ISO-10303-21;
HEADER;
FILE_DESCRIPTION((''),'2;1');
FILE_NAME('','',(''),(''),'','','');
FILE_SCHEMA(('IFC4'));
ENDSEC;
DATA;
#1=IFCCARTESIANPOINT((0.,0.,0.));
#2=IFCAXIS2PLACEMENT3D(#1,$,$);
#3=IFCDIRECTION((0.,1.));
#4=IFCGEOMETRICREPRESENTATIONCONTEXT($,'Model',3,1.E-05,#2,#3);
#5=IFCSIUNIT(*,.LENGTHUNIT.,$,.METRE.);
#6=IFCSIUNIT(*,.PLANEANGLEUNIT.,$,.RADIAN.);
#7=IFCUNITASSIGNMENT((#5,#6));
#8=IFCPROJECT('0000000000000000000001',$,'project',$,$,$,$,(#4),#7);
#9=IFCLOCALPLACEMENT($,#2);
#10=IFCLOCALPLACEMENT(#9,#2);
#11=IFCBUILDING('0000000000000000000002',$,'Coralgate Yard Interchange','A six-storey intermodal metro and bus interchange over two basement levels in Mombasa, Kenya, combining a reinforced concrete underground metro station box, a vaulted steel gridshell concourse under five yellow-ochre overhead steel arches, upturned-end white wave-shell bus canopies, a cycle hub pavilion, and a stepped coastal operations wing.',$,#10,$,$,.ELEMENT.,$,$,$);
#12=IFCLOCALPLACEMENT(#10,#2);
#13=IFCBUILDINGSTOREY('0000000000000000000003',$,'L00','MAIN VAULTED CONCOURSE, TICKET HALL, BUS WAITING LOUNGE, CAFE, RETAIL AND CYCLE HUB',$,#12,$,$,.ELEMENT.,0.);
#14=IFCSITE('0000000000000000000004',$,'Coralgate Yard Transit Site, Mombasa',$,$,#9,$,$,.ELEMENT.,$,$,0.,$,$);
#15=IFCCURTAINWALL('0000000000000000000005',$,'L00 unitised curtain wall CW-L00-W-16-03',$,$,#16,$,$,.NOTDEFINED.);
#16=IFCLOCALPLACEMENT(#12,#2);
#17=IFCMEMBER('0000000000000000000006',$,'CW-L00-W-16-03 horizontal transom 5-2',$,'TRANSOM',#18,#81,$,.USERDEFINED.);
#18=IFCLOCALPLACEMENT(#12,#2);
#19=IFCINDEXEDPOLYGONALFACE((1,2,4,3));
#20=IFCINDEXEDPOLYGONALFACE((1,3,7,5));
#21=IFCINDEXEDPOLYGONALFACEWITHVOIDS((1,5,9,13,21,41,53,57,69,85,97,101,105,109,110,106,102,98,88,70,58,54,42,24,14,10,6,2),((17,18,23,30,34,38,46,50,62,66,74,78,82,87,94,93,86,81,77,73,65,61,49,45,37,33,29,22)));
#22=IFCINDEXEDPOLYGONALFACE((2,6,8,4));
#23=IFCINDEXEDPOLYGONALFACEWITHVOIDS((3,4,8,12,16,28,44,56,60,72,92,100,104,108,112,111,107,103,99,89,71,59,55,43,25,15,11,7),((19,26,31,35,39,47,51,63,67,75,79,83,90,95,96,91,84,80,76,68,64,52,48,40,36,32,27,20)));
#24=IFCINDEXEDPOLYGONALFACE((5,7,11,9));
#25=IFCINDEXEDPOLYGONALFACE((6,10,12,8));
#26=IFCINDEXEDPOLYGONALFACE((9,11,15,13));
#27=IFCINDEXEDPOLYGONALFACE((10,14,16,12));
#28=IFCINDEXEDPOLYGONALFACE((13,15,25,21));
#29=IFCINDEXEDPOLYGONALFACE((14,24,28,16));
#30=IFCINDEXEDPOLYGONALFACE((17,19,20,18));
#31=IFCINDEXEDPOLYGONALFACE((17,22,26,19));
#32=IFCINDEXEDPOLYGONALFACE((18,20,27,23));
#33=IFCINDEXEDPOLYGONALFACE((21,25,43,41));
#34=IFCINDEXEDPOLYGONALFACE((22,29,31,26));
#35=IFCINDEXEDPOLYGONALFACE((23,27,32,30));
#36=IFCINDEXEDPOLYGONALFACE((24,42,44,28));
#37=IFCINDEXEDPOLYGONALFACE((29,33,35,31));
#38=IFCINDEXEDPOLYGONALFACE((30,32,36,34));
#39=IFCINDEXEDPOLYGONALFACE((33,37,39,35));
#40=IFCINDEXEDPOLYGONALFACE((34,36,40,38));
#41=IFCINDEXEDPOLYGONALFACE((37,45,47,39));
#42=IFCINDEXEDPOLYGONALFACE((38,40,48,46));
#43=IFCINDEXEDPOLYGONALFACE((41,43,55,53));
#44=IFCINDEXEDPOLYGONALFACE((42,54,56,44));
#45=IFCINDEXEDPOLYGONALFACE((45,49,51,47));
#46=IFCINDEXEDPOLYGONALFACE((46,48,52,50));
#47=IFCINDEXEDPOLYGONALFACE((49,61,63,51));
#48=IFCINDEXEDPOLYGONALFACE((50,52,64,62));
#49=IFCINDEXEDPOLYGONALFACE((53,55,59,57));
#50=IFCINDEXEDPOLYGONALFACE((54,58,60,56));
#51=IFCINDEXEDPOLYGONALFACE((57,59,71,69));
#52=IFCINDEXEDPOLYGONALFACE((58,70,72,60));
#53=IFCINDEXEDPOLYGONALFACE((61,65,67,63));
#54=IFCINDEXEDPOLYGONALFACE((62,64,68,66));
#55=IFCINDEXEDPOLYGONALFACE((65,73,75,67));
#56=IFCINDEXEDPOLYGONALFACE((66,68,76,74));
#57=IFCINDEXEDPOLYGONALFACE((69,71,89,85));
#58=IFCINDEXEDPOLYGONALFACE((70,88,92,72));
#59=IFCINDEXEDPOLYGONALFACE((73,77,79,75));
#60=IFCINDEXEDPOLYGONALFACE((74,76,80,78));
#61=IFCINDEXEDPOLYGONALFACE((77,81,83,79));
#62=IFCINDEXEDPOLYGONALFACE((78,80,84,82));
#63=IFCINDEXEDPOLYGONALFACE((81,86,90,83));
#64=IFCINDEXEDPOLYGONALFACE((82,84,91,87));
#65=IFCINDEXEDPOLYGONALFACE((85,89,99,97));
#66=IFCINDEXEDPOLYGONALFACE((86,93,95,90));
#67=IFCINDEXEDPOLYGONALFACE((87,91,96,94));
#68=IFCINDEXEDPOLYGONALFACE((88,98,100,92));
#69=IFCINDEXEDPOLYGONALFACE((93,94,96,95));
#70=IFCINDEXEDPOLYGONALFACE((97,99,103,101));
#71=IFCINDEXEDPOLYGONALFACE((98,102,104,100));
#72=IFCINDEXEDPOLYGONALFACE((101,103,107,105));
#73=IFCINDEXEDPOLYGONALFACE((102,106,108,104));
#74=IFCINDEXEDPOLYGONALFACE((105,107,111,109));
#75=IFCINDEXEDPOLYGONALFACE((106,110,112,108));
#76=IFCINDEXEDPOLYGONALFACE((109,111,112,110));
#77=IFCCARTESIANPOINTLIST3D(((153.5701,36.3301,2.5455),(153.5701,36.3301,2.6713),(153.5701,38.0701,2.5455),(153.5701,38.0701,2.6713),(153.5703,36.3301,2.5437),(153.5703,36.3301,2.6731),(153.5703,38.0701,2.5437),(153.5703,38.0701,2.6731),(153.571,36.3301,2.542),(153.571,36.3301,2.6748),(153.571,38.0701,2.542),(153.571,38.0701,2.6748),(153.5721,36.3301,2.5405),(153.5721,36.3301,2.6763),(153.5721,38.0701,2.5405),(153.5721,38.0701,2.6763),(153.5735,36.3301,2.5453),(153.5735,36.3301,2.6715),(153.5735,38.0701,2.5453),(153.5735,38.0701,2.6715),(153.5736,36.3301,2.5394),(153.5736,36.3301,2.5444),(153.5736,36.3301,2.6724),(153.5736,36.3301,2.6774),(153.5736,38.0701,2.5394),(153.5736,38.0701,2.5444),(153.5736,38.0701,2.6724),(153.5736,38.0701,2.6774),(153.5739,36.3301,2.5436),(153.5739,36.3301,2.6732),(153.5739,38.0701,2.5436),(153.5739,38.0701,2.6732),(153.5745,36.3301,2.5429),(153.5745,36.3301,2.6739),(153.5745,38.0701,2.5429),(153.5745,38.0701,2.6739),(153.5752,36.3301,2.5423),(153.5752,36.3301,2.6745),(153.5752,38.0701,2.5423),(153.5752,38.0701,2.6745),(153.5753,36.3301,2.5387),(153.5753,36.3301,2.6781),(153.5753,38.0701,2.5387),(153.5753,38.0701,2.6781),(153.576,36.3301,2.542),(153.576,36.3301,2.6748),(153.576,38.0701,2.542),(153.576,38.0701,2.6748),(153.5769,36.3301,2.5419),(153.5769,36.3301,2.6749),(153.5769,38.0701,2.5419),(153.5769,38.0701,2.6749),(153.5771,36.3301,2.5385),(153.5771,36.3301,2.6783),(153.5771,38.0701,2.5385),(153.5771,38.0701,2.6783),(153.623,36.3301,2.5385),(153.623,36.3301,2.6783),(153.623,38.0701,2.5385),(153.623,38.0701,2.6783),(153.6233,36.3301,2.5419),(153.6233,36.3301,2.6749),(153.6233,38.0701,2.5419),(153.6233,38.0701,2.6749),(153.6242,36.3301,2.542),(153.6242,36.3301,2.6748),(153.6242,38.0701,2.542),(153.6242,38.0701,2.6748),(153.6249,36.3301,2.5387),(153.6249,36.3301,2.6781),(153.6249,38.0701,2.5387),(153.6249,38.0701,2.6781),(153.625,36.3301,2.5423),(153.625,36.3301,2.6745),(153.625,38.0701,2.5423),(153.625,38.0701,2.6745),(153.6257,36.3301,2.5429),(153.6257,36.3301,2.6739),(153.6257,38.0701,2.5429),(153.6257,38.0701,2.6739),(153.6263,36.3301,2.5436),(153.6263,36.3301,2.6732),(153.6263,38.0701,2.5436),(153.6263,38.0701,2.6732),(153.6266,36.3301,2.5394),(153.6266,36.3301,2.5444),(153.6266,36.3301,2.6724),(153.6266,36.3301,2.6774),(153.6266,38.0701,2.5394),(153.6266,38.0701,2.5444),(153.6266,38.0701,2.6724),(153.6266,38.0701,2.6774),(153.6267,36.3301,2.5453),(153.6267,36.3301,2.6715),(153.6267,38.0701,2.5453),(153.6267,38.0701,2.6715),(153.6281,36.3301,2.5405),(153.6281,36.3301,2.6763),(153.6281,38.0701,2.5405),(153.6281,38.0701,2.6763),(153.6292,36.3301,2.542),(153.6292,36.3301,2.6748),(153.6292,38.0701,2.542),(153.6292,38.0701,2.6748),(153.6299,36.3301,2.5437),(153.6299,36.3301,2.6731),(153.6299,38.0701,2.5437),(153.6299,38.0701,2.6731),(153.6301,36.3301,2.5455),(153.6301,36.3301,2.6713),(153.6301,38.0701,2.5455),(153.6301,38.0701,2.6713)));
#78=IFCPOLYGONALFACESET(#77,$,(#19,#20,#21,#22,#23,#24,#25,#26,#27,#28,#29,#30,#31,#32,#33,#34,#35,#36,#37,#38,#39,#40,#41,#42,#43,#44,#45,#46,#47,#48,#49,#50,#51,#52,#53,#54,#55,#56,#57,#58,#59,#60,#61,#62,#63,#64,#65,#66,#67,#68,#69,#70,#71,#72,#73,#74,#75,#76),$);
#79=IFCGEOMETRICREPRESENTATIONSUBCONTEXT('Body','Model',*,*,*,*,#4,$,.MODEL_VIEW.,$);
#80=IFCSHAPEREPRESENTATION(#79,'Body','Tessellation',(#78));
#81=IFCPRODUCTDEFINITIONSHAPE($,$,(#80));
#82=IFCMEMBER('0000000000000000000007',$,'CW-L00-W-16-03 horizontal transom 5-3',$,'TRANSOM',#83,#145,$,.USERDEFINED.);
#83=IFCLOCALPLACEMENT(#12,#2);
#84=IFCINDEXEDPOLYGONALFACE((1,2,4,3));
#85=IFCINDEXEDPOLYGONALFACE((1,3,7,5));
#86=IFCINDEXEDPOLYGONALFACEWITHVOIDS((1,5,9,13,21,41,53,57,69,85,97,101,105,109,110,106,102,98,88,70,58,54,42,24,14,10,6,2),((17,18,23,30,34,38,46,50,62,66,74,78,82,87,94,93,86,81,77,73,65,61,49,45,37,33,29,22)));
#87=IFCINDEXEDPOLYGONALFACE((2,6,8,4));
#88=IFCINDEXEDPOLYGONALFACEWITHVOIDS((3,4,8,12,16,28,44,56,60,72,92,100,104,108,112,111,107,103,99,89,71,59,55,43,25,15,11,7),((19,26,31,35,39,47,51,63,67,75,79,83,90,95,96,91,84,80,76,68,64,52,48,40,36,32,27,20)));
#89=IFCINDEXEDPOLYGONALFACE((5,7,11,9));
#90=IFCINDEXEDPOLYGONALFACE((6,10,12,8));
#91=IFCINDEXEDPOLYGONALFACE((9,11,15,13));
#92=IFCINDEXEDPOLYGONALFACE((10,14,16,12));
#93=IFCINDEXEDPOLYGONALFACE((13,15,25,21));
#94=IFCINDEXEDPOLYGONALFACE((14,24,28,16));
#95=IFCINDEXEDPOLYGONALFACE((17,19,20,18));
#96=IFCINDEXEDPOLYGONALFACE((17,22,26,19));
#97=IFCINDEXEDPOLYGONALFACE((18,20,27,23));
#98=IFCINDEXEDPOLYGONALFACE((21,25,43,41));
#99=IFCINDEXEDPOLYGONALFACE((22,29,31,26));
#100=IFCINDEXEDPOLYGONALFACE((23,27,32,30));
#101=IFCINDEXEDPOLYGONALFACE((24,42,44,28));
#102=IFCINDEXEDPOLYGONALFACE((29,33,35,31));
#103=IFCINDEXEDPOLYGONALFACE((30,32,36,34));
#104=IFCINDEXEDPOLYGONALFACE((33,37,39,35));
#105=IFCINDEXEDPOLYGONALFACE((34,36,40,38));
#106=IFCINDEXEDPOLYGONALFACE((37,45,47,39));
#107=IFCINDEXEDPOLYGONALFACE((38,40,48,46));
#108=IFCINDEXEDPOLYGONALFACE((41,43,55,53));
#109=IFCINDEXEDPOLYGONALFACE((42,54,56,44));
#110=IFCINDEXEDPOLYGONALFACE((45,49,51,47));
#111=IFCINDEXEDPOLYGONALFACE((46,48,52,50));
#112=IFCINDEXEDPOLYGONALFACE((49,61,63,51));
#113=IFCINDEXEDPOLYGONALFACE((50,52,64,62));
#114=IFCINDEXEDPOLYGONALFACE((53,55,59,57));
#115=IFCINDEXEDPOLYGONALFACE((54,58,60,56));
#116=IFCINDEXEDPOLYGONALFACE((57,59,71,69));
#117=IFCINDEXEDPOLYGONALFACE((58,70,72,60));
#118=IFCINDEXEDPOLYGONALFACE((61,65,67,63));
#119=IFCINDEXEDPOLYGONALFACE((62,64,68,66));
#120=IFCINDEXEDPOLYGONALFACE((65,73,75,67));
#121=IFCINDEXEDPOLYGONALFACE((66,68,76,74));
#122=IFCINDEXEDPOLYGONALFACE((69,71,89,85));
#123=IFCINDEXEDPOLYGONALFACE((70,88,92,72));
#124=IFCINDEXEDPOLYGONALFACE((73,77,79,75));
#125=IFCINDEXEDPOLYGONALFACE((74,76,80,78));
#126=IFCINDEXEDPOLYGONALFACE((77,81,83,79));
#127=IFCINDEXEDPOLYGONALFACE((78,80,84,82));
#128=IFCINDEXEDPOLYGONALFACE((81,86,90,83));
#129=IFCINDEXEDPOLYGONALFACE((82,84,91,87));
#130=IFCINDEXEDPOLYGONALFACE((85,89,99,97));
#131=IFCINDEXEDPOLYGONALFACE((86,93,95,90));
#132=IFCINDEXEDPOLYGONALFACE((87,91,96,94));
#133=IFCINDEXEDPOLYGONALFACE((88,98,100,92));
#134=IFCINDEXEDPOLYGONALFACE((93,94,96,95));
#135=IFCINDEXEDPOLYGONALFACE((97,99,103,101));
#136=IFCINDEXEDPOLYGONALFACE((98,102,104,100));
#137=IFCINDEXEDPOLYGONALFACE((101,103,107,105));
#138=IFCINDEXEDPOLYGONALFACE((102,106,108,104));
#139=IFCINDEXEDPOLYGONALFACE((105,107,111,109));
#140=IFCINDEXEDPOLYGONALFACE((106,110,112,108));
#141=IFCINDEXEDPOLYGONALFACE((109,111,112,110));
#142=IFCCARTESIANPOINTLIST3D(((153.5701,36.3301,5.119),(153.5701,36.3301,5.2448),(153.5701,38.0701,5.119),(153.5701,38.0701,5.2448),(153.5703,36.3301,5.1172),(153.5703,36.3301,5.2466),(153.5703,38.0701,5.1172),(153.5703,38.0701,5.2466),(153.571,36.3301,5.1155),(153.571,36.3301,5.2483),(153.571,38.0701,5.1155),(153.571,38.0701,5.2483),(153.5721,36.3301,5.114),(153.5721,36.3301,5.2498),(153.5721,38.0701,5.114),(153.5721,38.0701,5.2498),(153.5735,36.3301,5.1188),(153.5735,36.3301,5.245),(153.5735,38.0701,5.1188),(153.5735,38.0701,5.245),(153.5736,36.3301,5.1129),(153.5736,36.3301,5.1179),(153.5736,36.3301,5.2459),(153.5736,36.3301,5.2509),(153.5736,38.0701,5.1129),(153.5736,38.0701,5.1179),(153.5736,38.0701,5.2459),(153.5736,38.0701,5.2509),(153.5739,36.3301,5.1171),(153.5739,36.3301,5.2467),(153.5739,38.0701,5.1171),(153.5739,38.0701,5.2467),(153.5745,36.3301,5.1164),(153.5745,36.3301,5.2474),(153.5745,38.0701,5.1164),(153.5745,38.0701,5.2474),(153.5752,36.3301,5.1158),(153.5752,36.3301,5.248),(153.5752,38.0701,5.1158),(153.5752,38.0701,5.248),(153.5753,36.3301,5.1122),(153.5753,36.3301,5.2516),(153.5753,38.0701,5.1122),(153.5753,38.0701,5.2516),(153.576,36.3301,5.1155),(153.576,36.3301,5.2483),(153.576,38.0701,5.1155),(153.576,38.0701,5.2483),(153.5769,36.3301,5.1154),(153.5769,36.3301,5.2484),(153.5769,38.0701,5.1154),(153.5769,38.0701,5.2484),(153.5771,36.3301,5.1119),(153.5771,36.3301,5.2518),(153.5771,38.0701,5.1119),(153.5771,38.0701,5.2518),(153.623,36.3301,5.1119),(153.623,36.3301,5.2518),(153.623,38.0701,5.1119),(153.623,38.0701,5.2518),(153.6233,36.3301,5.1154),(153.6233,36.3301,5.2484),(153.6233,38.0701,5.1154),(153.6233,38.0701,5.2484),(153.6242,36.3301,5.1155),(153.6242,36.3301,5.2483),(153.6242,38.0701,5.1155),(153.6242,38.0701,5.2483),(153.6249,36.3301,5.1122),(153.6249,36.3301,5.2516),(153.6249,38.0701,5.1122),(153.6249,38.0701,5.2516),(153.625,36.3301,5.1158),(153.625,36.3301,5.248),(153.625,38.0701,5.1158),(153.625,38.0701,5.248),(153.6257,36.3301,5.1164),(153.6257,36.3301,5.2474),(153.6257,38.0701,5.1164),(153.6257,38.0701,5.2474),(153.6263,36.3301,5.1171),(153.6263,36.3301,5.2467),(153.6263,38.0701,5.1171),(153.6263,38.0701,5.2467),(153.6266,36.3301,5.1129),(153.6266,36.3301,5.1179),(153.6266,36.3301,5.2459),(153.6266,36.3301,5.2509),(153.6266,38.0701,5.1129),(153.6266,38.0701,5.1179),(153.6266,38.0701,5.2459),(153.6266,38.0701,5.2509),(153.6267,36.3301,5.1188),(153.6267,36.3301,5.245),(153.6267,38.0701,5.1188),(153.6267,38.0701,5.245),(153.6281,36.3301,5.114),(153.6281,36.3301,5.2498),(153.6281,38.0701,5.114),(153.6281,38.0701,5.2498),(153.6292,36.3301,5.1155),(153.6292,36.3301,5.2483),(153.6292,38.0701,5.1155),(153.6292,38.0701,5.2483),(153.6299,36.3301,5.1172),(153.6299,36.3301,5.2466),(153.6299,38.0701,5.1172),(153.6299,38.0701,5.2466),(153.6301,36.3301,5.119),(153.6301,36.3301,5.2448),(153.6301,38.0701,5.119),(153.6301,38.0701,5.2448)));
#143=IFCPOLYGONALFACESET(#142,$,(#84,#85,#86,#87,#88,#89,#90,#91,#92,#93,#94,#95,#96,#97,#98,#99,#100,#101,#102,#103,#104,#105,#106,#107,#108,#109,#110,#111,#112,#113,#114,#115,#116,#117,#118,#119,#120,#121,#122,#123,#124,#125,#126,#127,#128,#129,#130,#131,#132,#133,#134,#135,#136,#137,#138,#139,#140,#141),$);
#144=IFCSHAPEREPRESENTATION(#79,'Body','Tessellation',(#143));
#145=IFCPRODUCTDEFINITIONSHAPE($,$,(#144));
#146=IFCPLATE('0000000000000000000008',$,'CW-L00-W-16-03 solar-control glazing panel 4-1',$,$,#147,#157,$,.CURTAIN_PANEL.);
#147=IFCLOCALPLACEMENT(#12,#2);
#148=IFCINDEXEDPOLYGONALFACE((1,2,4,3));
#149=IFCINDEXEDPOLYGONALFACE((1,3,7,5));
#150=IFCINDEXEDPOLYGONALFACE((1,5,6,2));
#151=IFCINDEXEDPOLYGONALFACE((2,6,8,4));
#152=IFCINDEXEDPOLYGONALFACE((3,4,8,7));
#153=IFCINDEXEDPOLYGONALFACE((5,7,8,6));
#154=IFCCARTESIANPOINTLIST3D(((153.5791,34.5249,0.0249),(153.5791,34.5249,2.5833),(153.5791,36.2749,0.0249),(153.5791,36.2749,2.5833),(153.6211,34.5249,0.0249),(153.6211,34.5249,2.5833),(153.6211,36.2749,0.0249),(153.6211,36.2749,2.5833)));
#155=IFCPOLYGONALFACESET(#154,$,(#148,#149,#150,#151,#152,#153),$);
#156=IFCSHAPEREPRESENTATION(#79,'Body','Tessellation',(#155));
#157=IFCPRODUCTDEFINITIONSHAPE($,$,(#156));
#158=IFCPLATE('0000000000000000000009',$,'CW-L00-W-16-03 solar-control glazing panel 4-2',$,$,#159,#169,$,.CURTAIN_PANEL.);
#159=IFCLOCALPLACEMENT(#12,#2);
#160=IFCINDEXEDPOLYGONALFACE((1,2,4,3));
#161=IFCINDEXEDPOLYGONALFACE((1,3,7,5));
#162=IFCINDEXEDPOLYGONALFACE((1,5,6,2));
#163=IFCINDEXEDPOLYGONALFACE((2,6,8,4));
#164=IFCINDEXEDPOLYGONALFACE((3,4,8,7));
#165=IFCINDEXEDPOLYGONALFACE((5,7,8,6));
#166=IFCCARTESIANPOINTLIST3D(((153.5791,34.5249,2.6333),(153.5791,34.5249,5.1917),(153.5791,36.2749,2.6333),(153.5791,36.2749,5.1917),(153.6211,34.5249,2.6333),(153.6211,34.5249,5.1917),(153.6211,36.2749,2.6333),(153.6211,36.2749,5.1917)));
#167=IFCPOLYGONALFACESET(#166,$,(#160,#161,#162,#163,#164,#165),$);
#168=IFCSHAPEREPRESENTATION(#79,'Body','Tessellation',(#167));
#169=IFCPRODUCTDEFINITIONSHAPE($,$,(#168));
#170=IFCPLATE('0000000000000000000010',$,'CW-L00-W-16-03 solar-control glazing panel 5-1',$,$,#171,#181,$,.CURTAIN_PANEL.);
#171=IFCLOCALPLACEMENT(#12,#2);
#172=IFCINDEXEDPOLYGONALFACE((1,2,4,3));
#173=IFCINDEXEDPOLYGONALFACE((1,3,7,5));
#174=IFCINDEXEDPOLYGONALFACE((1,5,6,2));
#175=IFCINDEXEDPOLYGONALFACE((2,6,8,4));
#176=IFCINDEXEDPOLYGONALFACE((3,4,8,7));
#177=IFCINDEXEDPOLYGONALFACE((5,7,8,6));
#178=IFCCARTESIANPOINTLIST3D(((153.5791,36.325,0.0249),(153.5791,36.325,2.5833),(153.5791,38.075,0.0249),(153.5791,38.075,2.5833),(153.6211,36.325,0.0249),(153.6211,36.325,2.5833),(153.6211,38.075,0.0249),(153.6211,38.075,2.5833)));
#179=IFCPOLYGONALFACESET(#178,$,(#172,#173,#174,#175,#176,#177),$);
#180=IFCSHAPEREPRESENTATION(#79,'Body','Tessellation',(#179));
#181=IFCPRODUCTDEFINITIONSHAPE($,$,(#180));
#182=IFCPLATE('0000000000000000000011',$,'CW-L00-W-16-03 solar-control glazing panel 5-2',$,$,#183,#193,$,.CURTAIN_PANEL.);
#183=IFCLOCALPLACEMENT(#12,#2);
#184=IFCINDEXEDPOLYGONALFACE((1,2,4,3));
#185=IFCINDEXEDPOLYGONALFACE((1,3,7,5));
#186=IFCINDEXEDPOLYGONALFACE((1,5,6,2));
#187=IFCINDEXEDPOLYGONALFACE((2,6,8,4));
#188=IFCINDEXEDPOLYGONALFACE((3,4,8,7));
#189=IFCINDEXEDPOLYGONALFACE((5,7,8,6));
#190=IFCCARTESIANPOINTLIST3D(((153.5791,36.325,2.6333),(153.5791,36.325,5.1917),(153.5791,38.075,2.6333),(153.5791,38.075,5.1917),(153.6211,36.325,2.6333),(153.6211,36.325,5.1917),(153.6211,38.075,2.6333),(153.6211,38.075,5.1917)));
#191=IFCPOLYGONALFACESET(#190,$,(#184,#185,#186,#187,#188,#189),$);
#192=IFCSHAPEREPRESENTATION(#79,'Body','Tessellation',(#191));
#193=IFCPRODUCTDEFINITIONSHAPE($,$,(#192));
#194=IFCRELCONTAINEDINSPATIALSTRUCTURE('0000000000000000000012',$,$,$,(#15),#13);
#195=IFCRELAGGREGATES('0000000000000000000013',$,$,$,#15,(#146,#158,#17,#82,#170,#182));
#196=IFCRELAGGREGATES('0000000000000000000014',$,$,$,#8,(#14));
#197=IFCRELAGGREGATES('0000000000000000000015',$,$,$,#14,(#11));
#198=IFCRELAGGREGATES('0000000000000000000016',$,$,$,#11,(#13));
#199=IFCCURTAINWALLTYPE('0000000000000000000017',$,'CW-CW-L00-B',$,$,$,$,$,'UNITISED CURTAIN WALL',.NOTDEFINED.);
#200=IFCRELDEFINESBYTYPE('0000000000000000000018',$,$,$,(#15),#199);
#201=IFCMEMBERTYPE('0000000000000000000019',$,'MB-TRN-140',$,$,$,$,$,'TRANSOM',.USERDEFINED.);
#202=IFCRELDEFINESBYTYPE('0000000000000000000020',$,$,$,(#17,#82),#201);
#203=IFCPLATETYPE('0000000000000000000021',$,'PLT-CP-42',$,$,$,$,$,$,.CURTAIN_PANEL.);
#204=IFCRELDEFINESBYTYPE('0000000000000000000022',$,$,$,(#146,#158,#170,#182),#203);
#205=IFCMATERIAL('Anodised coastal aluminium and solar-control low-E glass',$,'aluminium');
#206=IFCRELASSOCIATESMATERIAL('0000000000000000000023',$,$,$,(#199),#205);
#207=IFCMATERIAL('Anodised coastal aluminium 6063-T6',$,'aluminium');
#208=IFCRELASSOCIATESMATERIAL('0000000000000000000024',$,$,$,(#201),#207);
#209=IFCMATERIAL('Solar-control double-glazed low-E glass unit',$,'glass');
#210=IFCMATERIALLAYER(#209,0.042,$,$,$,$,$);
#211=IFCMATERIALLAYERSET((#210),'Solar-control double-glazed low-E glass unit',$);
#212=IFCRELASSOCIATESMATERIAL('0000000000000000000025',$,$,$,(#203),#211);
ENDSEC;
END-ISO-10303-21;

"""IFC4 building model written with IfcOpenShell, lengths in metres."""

from ifc_helpers import new_model, si_unit, direction, frame, origin, origin_2d, place, context, subcontext, project, spatial, rectangle, hollow_rectangle, extrude, material, layer, layer_set, material_profile, profile_set, type_object, element, aggregate, save


model = new_model("IFC4")

# Units and contexts
model_context = context("Model", 3, precision=1e-05, world=origin(), true_north=direction((0.0, 1.0)))
body_context = subcontext(model_context, "Body", "Model", "MODEL_VIEW")
ifc_project = project(units=[si_unit("LENGTHUNIT", "METRE"), si_unit("PLANEANGLEUNIT", "RADIAN")], contexts=[model_context])

# Site, building, storey
site_placement = place(None, origin())
site = spatial("IfcSite", under=ifc_project, at=site_placement, Name="Coralgate Yard Transit Site, Mombasa", CompositionType="ELEMENT", RefElevation=0.0)
building_placement = place(site_placement, origin())
building = spatial("IfcBuilding", under=site, at=building_placement, Name="Coralgate Yard Interchange", Description="A six-storey intermodal metro and bus interchange over two basement levels in Mombasa, Kenya, combining a reinforced concrete underground metro station box, a vaulted steel gridshell concourse under five yellow-ochre overhead steel arches, upturned-end white wave-shell bus canopies, a cycle hub pavilion, and a stepped coastal operations wing.", CompositionType="ELEMENT")
storey_placement = place(building_placement, origin())
storey = spatial("IfcBuildingStorey", under=building, at=storey_placement, Name="L00", Description="MAIN VAULTED CONCOURSE, TICKET HALL, BUS WAITING LOUNGE, CAFE, RETAIL AND CYCLE HUB", CompositionType="ELEMENT", Elevation=0.0)

# Curtain wall, members, plates
ifc_material_1 = material(Name="Anodised coastal aluminium and solar-control low-E glass", Category="aluminium")
curtain_wall_type = type_object("IfcCurtainWallType", Name="CW-CW-L00-B", ElementType="UNITISED CURTAIN WALL", PredefinedType="NOTDEFINED", material=ifc_material_1)
curtain_wall_placement = place(storey_placement, origin())
curtain_wall = element("IfcCurtainWall", 1, at=curtain_wall_placement, inside=storey, type_object=curtain_wall_type, Name="L00 unitised curtain wall CW-L00-W-16-03", PredefinedType="NOTDEFINED")
ifc_material_2 = material(Name="Anodised coastal aluminium 6063-T6", Category="aluminium")
ifc_material_profile_1 = material_profile(ifc_material_2, hollow_rectangle(XDim=0.0601, YDim=0.1399, WallThickness=0.0034, InnerFilletRadius=0.0034, OuterFilletRadius=0.0071, at=origin_2d()), Name="ALU 60x140x3.5")
ifc_profile_set_1 = profile_set([ifc_material_profile_1], Name="Anodised coastal aluminium 6063-T6")
member_type_1 = type_object("IfcMemberType", Name="MB-TRN-140", ElementType="TRANSOM", PredefinedType="USERDEFINED", material=ifc_profile_set_1)
member_1_placement = place(storey_placement, frame((153.6001, 36.3301, 2.6084), z_axis=(0.0, 1.0, 0.0), x_axis=(-1.0, 0.0, 0.0)))
member_1 = element("IfcMember", 2, at=member_1_placement, type_object=member_type_1, Name="CW-L00-W-16-03 horizontal transom 5-2", ObjectType="TRANSOM", PredefinedType="USERDEFINED", context=body_context, shape_type="SweptSolid", body=[
    extrude(hollow_rectangle(XDim=0.0601, YDim=0.1399, WallThickness=0.0034, InnerFilletRadius=0.0034, OuterFilletRadius=0.0071, at=origin_2d()), origin(), (0.0, 0.0, 1.0), 1.74),
])
member_2_placement = place(storey_placement, frame((153.6001, 36.3301, 5.1819), z_axis=(0.0, 1.0, 0.0), x_axis=(-1.0, 0.0, 0.0)))
member_2 = element("IfcMember", 3, at=member_2_placement, type_object=member_type_1, Name="CW-L00-W-16-03 horizontal transom 5-3", ObjectType="TRANSOM", PredefinedType="USERDEFINED", context=body_context, shape_type="SweptSolid", body=[
    extrude(hollow_rectangle(XDim=0.0601, YDim=0.1399, WallThickness=0.0034, InnerFilletRadius=0.0034, OuterFilletRadius=0.0071, at=origin_2d()), origin(), (0.0, 0.0, 1.0), 1.74),
])
ifc_material_3 = material(Name="Solar-control double-glazed low-E glass unit", Category="glass")
ifc_layer_1 = layer(ifc_material_3, 0.042)
ifc_layer_set_1 = layer_set([ifc_layer_1], Name="Solar-control double-glazed low-E glass unit")
plate_type = type_object("IfcPlateType", Name="PLT-CP-42", PredefinedType="CURTAIN_PANEL", material=ifc_layer_set_1)
plate_1_placement = place(storey_placement, frame((153.6001, 35.3999, 0.0249), z_axis=(0.0, 0.0, 1.0), x_axis=(0.0, 1.0, 0.0)))
plate_1 = element("IfcPlate", 4, at=plate_1_placement, type_object=plate_type, Name="CW-L00-W-16-03 solar-control glazing panel 4-1", PredefinedType="CURTAIN_PANEL", context=body_context, shape_type="SweptSolid", body=[
    extrude(rectangle(XDim=1.75, YDim=0.042, at=origin_2d()), origin(), (0.0, 0.0, 1.0), 2.5583),
])
plate_2_placement = place(storey_placement, frame((153.6001, 35.3999, 2.6333), z_axis=(0.0, 0.0, 1.0), x_axis=(0.0, 1.0, 0.0)))
plate_2 = element("IfcPlate", 5, at=plate_2_placement, type_object=plate_type, Name="CW-L00-W-16-03 solar-control glazing panel 4-2", PredefinedType="CURTAIN_PANEL", context=body_context, shape_type="SweptSolid", body=[
    extrude(rectangle(XDim=1.75, YDim=0.042, at=origin_2d()), origin(), (0.0, 0.0, 1.0), 2.5583),
])
plate_3_placement = place(storey_placement, frame((153.6001, 37.2, 0.0249), z_axis=(0.0, 0.0, 1.0), x_axis=(0.0, 1.0, 0.0)))
plate_3 = element("IfcPlate", 6, at=plate_3_placement, type_object=plate_type, Name="CW-L00-W-16-03 solar-control glazing panel 5-1", PredefinedType="CURTAIN_PANEL", context=body_context, shape_type="SweptSolid", body=[
    extrude(rectangle(XDim=1.75, YDim=0.042, at=origin_2d()), origin(), (0.0, 0.0, 1.0), 2.5583),
])
plate_4_placement = place(storey_placement, frame((153.6001, 37.2, 2.6333), z_axis=(0.0, 0.0, 1.0), x_axis=(0.0, 1.0, 0.0)))
plate_4 = element("IfcPlate", 7, at=plate_4_placement, type_object=plate_type, Name="CW-L00-W-16-03 solar-control glazing panel 5-2", PredefinedType="CURTAIN_PANEL", context=body_context, shape_type="SweptSolid", body=[
    extrude(rectangle(XDim=1.75, YDim=0.042, at=origin_2d()), origin(), (0.0, 0.0, 1.0), 2.5583),
])
aggregate(curtain_wall, [plate_1, plate_2, member_1, member_2, plate_3, plate_4])

save(model, "model.ifc")
